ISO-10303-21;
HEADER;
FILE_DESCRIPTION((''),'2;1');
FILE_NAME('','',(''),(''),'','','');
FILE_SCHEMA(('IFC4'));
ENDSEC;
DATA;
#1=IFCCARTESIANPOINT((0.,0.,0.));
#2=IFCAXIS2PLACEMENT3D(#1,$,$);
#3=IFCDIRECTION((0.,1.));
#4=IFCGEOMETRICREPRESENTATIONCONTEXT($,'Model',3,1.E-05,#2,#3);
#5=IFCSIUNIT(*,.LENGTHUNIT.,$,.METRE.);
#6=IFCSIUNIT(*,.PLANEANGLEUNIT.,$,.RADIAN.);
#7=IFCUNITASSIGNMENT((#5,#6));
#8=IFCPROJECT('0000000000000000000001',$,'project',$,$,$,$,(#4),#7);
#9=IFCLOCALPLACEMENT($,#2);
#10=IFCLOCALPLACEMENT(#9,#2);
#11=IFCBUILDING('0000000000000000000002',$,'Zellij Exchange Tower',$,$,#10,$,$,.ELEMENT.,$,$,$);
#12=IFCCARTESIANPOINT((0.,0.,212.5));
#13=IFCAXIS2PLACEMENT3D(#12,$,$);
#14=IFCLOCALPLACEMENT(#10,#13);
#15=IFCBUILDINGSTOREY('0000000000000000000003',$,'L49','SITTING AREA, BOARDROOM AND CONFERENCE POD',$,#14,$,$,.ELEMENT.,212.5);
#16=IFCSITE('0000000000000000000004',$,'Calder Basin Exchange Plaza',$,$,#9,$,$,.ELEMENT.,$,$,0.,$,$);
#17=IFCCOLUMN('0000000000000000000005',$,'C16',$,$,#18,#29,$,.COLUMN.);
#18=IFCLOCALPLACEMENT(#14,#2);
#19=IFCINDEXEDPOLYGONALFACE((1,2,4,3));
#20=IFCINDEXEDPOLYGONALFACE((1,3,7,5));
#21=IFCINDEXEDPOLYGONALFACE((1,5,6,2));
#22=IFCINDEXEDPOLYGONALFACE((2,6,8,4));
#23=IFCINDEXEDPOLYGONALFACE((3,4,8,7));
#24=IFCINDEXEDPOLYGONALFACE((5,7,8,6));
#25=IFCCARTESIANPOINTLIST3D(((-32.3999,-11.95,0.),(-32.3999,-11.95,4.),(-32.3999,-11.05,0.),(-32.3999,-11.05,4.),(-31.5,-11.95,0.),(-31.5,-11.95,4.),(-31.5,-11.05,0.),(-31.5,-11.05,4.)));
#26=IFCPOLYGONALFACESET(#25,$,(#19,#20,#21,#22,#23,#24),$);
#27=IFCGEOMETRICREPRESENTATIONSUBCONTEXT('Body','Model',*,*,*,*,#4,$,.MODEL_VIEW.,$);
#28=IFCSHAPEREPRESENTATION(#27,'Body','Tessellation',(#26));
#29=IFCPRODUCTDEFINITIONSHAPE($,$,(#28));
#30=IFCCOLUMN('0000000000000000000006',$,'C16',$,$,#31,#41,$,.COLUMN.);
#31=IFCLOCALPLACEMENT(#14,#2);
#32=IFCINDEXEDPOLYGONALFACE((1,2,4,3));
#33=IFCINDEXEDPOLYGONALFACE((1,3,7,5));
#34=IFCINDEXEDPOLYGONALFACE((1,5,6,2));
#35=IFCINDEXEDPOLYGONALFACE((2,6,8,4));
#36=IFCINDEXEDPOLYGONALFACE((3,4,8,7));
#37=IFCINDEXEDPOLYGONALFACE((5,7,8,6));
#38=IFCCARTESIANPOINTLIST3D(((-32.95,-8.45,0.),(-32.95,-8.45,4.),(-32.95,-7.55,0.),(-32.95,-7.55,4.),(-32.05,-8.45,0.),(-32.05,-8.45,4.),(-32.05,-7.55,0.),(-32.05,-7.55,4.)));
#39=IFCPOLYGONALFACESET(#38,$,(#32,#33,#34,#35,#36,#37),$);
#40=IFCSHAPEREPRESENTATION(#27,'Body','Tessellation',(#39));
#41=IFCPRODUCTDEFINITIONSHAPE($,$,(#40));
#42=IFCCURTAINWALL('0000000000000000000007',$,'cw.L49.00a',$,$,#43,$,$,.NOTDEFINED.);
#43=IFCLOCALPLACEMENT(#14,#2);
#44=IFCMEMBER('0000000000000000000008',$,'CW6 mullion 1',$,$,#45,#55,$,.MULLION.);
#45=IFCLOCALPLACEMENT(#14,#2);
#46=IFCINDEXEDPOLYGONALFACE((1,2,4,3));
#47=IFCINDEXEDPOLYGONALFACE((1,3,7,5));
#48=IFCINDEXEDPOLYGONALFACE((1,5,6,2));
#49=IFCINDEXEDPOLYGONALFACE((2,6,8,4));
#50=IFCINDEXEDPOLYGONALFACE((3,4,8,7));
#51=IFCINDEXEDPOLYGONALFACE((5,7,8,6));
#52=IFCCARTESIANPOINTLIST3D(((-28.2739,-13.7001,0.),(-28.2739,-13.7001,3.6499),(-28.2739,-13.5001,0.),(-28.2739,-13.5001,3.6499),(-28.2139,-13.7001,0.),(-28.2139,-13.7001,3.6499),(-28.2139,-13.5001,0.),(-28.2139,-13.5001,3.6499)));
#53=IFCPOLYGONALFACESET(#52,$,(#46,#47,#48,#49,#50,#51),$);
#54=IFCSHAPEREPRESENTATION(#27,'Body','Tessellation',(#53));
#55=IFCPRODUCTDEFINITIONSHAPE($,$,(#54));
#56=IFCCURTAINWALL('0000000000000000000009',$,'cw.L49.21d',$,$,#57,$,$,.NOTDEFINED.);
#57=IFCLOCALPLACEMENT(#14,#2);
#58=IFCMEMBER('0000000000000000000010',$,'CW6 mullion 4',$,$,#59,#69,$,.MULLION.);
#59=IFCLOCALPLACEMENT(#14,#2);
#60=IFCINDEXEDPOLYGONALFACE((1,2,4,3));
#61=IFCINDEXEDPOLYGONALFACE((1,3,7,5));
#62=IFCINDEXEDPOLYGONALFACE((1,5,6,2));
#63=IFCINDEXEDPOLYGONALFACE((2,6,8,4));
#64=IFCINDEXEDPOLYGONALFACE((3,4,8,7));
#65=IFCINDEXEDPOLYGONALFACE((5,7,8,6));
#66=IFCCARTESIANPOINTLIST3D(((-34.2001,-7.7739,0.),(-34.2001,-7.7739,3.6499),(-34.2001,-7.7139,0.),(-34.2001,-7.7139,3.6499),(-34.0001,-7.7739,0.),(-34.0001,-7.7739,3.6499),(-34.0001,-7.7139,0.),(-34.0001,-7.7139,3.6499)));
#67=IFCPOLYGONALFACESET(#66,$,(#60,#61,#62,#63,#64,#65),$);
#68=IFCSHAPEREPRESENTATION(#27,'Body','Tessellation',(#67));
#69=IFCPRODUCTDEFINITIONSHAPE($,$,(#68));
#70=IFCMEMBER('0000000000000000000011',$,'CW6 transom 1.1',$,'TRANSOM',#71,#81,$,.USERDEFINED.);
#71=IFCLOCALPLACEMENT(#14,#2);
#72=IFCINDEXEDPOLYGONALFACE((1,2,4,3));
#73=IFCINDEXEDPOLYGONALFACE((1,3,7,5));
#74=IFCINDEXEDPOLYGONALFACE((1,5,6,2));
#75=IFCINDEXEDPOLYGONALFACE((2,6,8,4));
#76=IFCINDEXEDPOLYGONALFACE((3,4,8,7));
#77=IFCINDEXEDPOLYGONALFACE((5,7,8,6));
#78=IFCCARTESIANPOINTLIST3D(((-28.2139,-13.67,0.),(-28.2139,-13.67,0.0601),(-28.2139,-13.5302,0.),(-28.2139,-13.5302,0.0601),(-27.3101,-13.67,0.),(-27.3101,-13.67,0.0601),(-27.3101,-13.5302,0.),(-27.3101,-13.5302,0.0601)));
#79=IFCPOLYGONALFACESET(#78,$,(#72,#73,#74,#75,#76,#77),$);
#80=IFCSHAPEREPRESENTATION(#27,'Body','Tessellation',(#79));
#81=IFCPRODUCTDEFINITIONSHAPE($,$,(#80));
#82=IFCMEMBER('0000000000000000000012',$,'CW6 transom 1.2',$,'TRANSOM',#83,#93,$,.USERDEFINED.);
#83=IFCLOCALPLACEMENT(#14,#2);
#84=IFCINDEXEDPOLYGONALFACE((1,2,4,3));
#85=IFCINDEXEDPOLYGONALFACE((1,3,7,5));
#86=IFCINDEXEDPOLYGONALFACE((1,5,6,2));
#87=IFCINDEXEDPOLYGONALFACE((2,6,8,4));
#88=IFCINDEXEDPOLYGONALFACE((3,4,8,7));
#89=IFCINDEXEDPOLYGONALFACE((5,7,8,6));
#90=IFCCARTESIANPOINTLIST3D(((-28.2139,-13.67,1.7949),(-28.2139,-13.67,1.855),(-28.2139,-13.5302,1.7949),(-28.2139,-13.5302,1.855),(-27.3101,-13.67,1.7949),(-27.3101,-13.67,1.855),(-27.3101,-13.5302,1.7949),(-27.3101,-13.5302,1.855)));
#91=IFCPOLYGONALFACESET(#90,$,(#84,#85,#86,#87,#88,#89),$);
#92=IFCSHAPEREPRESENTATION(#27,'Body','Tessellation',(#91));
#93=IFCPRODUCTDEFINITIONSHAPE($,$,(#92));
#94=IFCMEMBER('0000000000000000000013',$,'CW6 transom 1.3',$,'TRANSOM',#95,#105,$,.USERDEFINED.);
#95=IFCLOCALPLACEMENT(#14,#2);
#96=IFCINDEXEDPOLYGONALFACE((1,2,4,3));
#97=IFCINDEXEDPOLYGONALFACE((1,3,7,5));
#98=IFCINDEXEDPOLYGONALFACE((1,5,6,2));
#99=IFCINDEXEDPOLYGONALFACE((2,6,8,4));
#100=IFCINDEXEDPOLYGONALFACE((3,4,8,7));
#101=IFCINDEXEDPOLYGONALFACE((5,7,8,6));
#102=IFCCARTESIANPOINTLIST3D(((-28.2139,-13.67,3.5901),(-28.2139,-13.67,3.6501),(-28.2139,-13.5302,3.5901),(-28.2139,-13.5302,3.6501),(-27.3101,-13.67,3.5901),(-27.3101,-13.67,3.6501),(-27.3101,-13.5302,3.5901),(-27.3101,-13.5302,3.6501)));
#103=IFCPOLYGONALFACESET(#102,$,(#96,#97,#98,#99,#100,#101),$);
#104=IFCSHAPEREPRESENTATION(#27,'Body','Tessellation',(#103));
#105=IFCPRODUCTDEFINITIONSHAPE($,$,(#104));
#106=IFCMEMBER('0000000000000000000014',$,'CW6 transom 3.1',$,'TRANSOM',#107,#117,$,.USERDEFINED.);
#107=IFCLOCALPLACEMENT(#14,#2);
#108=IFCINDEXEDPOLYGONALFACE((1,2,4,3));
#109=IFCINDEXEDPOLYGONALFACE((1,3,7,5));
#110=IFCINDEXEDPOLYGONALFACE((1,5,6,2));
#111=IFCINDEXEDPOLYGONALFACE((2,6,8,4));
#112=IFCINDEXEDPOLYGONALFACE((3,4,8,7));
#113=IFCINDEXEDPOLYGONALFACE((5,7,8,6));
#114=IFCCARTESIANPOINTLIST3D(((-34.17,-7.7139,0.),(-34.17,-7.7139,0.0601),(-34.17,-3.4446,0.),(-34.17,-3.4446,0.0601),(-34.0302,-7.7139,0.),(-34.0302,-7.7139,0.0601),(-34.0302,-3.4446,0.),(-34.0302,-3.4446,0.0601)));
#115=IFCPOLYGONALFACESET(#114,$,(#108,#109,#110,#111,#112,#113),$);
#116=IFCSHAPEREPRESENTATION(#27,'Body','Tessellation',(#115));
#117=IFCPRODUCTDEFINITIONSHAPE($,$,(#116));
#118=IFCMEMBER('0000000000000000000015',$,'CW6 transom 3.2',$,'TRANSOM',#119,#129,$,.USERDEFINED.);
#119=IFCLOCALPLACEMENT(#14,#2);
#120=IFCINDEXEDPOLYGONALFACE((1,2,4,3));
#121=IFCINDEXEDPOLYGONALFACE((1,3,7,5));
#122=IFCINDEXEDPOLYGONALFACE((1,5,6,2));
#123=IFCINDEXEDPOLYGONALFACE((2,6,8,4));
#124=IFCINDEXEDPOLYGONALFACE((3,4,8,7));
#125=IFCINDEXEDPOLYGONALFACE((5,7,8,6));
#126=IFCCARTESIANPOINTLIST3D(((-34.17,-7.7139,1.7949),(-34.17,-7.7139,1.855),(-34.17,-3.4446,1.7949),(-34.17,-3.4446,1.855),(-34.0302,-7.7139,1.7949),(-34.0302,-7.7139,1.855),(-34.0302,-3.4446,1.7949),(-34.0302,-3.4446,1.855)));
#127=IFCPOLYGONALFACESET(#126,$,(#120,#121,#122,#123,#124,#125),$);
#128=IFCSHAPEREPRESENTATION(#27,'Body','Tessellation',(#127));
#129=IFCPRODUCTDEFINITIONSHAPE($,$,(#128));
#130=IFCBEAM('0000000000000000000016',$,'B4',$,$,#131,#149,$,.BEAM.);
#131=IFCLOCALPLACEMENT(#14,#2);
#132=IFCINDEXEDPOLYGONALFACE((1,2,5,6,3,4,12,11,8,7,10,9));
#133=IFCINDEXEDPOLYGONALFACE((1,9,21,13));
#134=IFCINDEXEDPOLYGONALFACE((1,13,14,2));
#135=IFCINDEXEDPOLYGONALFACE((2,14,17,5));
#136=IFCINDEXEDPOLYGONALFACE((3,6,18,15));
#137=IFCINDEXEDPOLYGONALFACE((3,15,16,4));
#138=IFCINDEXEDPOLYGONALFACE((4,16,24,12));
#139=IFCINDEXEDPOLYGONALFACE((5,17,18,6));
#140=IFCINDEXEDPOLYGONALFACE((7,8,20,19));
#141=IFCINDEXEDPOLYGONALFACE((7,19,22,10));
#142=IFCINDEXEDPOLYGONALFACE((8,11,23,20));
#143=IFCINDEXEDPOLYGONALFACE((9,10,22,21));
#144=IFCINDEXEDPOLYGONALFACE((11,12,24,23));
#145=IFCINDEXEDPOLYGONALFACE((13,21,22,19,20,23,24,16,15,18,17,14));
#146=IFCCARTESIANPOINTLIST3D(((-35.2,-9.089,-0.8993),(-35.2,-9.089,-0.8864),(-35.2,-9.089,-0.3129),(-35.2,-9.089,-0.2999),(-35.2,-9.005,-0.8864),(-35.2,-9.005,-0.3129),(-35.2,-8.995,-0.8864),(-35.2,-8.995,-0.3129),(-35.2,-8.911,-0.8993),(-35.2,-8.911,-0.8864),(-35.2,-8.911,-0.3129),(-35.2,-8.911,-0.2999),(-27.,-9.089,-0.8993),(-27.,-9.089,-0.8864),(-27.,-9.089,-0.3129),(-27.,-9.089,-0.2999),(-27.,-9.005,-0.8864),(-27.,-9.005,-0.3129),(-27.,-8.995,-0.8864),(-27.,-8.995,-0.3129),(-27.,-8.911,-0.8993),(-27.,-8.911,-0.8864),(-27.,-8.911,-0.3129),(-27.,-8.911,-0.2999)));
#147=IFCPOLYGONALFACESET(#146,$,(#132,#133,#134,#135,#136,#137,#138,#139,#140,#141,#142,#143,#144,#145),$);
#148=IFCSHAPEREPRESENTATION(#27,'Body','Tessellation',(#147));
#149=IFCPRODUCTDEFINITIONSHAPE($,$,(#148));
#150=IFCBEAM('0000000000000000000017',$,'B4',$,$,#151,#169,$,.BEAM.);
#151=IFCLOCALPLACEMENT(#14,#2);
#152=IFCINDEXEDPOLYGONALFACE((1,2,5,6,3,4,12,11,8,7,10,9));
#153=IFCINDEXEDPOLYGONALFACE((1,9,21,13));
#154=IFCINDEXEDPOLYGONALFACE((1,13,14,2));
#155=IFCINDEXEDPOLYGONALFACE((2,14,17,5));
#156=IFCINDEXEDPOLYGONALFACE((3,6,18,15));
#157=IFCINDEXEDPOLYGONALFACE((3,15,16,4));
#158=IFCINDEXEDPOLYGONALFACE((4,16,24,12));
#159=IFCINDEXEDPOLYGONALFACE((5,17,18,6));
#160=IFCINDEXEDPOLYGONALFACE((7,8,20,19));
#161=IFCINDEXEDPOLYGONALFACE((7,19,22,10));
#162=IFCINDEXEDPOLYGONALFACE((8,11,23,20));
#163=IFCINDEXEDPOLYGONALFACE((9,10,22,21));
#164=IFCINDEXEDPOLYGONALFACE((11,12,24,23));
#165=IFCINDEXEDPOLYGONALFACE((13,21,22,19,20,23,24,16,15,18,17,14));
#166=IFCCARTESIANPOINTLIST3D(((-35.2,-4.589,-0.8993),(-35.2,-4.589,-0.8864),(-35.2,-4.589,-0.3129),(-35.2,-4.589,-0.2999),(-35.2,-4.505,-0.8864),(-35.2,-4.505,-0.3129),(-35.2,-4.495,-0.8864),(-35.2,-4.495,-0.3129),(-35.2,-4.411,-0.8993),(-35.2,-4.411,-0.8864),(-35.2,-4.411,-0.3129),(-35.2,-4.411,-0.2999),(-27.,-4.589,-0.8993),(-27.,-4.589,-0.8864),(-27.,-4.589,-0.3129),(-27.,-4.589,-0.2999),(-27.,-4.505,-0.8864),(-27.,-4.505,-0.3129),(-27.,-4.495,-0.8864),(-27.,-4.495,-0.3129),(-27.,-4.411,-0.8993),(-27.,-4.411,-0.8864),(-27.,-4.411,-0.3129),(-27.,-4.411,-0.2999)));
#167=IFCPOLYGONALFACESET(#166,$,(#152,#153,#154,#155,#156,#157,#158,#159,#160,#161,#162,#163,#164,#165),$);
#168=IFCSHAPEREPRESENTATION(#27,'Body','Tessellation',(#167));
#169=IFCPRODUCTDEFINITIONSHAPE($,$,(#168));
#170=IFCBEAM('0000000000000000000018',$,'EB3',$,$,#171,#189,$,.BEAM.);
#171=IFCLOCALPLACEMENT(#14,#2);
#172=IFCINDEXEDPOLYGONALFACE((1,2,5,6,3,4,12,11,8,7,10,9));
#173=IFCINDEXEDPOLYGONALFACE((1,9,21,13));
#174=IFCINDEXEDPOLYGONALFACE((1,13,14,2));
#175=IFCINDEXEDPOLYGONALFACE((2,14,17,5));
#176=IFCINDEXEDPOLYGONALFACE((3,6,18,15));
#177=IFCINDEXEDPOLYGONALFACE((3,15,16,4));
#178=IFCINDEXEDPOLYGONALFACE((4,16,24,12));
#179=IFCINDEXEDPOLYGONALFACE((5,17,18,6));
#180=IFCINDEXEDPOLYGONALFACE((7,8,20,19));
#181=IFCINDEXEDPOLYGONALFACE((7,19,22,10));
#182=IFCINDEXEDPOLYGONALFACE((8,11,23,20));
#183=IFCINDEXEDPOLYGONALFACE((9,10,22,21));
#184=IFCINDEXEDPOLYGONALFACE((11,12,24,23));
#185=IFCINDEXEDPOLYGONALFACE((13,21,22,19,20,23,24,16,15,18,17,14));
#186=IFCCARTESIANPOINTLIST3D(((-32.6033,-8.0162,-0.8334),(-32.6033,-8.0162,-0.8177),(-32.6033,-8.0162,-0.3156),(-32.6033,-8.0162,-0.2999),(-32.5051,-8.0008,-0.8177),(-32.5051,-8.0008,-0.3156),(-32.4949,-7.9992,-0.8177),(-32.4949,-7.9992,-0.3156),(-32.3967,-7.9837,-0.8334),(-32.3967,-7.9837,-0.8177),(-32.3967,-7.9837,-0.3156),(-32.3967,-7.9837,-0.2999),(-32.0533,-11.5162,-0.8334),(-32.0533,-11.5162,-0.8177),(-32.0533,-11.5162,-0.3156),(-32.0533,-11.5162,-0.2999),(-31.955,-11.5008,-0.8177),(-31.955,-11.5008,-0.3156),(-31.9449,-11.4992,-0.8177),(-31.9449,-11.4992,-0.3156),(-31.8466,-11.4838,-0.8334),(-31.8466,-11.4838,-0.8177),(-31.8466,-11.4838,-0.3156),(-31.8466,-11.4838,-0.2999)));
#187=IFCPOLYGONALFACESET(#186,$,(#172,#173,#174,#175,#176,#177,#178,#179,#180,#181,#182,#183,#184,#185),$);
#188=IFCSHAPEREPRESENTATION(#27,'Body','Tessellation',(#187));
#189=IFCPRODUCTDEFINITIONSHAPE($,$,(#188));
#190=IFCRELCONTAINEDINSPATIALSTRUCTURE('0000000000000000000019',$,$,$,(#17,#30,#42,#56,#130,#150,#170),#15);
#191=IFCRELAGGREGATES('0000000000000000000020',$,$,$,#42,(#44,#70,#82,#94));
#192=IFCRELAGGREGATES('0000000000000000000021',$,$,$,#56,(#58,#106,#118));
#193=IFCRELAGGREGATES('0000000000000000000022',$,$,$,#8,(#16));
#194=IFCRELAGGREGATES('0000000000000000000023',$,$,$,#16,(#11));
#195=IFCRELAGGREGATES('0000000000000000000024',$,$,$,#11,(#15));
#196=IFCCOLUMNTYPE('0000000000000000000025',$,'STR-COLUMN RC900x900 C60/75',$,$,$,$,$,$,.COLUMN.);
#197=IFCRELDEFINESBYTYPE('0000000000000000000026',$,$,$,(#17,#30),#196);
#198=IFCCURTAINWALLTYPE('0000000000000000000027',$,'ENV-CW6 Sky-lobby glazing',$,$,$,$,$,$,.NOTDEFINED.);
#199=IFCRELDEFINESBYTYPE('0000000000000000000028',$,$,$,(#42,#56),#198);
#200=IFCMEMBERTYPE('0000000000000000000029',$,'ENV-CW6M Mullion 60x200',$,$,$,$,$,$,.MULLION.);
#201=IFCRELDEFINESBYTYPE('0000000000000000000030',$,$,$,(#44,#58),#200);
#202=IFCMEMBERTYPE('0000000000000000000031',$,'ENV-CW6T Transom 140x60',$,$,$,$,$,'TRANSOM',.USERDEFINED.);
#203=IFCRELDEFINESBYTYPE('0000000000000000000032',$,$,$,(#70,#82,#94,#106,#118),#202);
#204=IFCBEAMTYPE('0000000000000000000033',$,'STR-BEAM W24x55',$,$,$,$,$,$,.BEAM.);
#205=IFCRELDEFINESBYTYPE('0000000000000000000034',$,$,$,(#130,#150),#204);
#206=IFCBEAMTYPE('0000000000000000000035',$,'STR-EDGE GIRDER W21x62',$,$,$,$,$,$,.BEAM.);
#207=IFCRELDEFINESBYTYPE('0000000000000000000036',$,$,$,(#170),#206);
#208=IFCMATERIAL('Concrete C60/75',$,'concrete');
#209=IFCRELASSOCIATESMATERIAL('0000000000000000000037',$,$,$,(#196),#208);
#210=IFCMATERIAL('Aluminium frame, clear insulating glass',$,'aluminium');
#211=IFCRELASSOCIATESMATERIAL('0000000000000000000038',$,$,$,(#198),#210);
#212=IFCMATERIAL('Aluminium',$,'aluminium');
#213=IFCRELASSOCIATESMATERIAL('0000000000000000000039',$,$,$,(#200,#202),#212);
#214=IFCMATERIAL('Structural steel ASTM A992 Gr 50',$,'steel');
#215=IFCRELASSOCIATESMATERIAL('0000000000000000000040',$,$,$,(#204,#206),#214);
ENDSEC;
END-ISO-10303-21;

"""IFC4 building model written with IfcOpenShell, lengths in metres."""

from ifc_helpers import new_model, si_unit, direction, frame, origin, origin_2d, place, context, subcontext, project, spatial, rectangle, i_section, extrude, material, material_profile, profile_set, type_object, element, aggregate, save


model = new_model("IFC4")

# Units and contexts
model_context = context("Model", 3, precision=1e-05, world=origin(), true_north=direction((0.0, 1.0)))
body_context = subcontext(model_context, "Body", "Model", "MODEL_VIEW")
ifc_project = project(units=[si_unit("LENGTHUNIT", "METRE"), si_unit("PLANEANGLEUNIT", "RADIAN")], contexts=[model_context])

# Site, building, storey
site_placement = place(None, origin())
site = spatial("IfcSite", under=ifc_project, at=site_placement, Name="Calder Basin Exchange Plaza", CompositionType="ELEMENT", RefElevation=0.0)
building_placement = place(site_placement, origin())
building = spatial("IfcBuilding", under=site, at=building_placement, Name="Zellij Exchange Tower", CompositionType="ELEMENT")
storey_placement = place(building_placement, frame((0.0, 0.0, 212.5)))
storey = spatial("IfcBuildingStorey", under=building, at=storey_placement, Name="L49", Description="SITTING AREA, BOARDROOM AND CONFERENCE POD", CompositionType="ELEMENT", Elevation=212.5)

# Columns
ifc_material_1 = material(Name="Concrete C60/75", Category="concrete")
ifc_material_profile_1 = material_profile(ifc_material_1, rectangle(XDim=0.8999, YDim=0.8999, at=origin_2d()), Name="STR-COLUMN RC900x900 C60/75")
ifc_profile_set_1 = profile_set([ifc_material_profile_1], Name="Concrete C60/75")
column_type = type_object("IfcColumnType", Name="STR-COLUMN RC900x900 C60/75", PredefinedType="COLUMN", material=ifc_profile_set_1)
for number, where, z_axis, x_axis, name in (
    (1, (-31.95, -11.5, 0.0), (0.0, 0.0, 1.0), (1.0, 0.0, 0.0), "C16"),
    (2, (-32.5, -8.0, 0.0), (0.0, 0.0, 1.0), (1.0, 0.0, 0.0), "C16"),
):
    element("IfcColumn", number, at=place(storey_placement, frame(where, z_axis=z_axis, x_axis=x_axis)), inside=storey, type_object=column_type, Name=name, PredefinedType="COLUMN", context=body_context, shape_type="SweptSolid", body=[
        extrude(rectangle(XDim=0.8999, YDim=0.8999, at=origin_2d()), origin(), (0.0, 0.0, 1.0), 4.0),
    ])

# Curtain walls, members
ifc_material_2 = material(Name="Aluminium frame, clear insulating glass", Category="aluminium")
curtain_wall_type = type_object("IfcCurtainWallType", Name="ENV-CW6 Sky-lobby glazing", PredefinedType="NOTDEFINED", material=ifc_material_2)
curtain_wall_1_placement = place(storey_placement, origin())
curtain_wall_1 = element("IfcCurtainWall", 3, at=curtain_wall_1_placement, inside=storey, type_object=curtain_wall_type, Name="cw.L49.00a", PredefinedType="NOTDEFINED")
ifc_material_3 = material(Name="Aluminium", Category="aluminium")
ifc_material_profile_2 = material_profile(ifc_material_3, rectangle(XDim=0.0601, YDim=0.2, at=origin_2d()), Name="AL 60x200")
ifc_profile_set_2 = profile_set([ifc_material_profile_2], Name="Aluminium")
member_type_1 = type_object("IfcMemberType", Name="ENV-CW6M Mullion 60x200", PredefinedType="MULLION", material=ifc_profile_set_2)
member_1_placement = place(storey_placement, frame((-28.2439, -13.6001, 0.0), z_axis=(0.0, 0.0, 1.0), x_axis=(1.0, 0.0, 0.0)))
member_1 = element("IfcMember", 4, at=member_1_placement, type_object=member_type_1, Name="CW6 mullion 1", PredefinedType="MULLION", context=body_context, shape_type="SweptSolid", body=[
    extrude(rectangle(XDim=0.0601, YDim=0.2, at=origin_2d()), origin(), (0.0, 0.0, 1.0), 3.6499),
])
curtain_wall_2_placement = place(storey_placement, origin())
curtain_wall_2 = element("IfcCurtainWall", 5, at=curtain_wall_2_placement, inside=storey, type_object=curtain_wall_type, Name="cw.L49.21d", PredefinedType="NOTDEFINED")
member_2_placement = place(storey_placement, frame((-34.1001, -7.7439, 0.0), z_axis=(0.0, 0.0, 1.0), x_axis=(0.0, -1.0, 0.0)))
member_2 = element("IfcMember", 6, at=member_2_placement, type_object=member_type_1, Name="CW6 mullion 4", PredefinedType="MULLION", context=body_context, shape_type="SweptSolid", body=[
    extrude(rectangle(XDim=0.0601, YDim=0.2, at=origin_2d()), origin(), (0.0, 0.0, 1.0), 3.6499),
])

# Members
ifc_material_profile_3 = material_profile(ifc_material_3, rectangle(XDim=0.1399, YDim=0.0601, at=origin_2d()), Name="AL 140x60")
ifc_profile_set_3 = profile_set([ifc_material_profile_3], Name="Aluminium")
member_type_2 = type_object("IfcMemberType", Name="ENV-CW6T Transom 140x60", ElementType="TRANSOM", PredefinedType="USERDEFINED", material=ifc_profile_set_3)
member_3_placement = place(storey_placement, frame((-28.2139, -13.6001, 0.03), z_axis=(1.0, 0.0, 0.0), x_axis=(0.0, 1.0, 0.0)))
member_3 = element("IfcMember", 7, at=member_3_placement, type_object=member_type_2, Name="CW6 transom 1.1", ObjectType="TRANSOM", PredefinedType="USERDEFINED", context=body_context, shape_type="SweptSolid", body=[
    extrude(rectangle(XDim=0.1399, YDim=0.0601, at=origin_2d()), origin(), (0.0, 0.0, 1.0), 0.9038),
])
member_4_placement = place(storey_placement, frame((-28.2139, -13.6001, 1.825), z_axis=(1.0, 0.0, 0.0), x_axis=(0.0, 1.0, 0.0)))
member_4 = element("IfcMember", 8, at=member_4_placement, type_object=member_type_2, Name="CW6 transom 1.2", ObjectType="TRANSOM", PredefinedType="USERDEFINED", context=body_context, shape_type="SweptSolid", body=[
    extrude(rectangle(XDim=0.1399, YDim=0.0601, at=origin_2d()), origin(), (0.0, 0.0, 1.0), 0.9038),
])
member_5_placement = place(storey_placement, frame((-28.2139, -13.6001, 3.6201), z_axis=(1.0, 0.0, 0.0), x_axis=(0.0, 1.0, 0.0)))
member_5 = element("IfcMember", 9, at=member_5_placement, type_object=member_type_2, Name="CW6 transom 1.3", ObjectType="TRANSOM", PredefinedType="USERDEFINED", context=body_context, shape_type="SweptSolid", body=[
    extrude(rectangle(XDim=0.1399, YDim=0.0601, at=origin_2d()), origin(), (0.0, 0.0, 1.0), 0.9038),
])
member_6_placement = place(storey_placement, frame((-34.1001, -3.4446, 0.03), z_axis=(0.0, -1.0, 0.0), x_axis=(1.0, 0.0, 0.0)))
member_6 = element("IfcMember", 10, at=member_6_placement, type_object=member_type_2, Name="CW6 transom 3.1", ObjectType="TRANSOM", PredefinedType="USERDEFINED", context=body_context, shape_type="SweptSolid", body=[
    extrude(rectangle(XDim=0.1399, YDim=0.0601, at=origin_2d()), origin(), (0.0, 0.0, 1.0), 4.2693),
])
member_7_placement = place(storey_placement, frame((-34.1001, -3.4446, 1.825), z_axis=(0.0, -1.0, 0.0), x_axis=(1.0, 0.0, 0.0)))
member_7 = element("IfcMember", 11, at=member_7_placement, type_object=member_type_2, Name="CW6 transom 3.2", ObjectType="TRANSOM", PredefinedType="USERDEFINED", context=body_context, shape_type="SweptSolid", body=[
    extrude(rectangle(XDim=0.1399, YDim=0.0601, at=origin_2d()), origin(), (0.0, 0.0, 1.0), 4.2693),
])

# Beams
ifc_material_4 = material(Name="Structural steel ASTM A992 Gr 50", Category="steel")
ifc_material_profile_4 = material_profile(ifc_material_4, i_section(OverallWidth=0.178, OverallDepth=0.5994, WebThickness=0.01, FlangeThickness=0.0129, at=origin_2d()), Name="W24x55")
ifc_profile_set_4 = profile_set([ifc_material_profile_4], Name="Structural steel ASTM A992 Gr 50")
beam_type_1 = type_object("IfcBeamType", Name="STR-BEAM W24x55", PredefinedType="BEAM", material=ifc_profile_set_4)
for number, where, z_axis, x_axis, name in (
    (12, (-35.2, -9.0, -0.5996), (1.0, 0.0, 0.0), (0.0, 1.0, 0.0), "B4"),
    (13, (-35.2, -4.5, -0.5996), (1.0, 0.0, 0.0), (0.0, 1.0, 0.0), "B4"),
):
    element("IfcBeam", number, at=place(storey_placement, frame(where, z_axis=z_axis, x_axis=x_axis)), inside=storey, type_object=beam_type_1, Name=name, PredefinedType="BEAM", context=body_context, shape_type="SweptSolid", body=[
        extrude(i_section(OverallWidth=0.178, OverallDepth=0.5994, WebThickness=0.01, FlangeThickness=0.0129, at=origin_2d()), origin(), (0.0, 0.0, 1.0), 8.2),
    ])
ifc_material_profile_5 = material_profile(ifc_material_4, i_section(OverallWidth=0.2092, OverallDepth=0.5334, WebThickness=0.0103, FlangeThickness=0.0156, at=origin_2d()), Name="W21x62")
ifc_profile_set_5 = profile_set([ifc_material_profile_5], Name="Structural steel ASTM A992 Gr 50")
beam_type_2 = type_object("IfcBeamType", Name="STR-EDGE GIRDER W21x62", PredefinedType="BEAM", material=ifc_profile_set_5)
beam_1_placement = place(storey_placement, frame((-31.95, -11.5, -0.5667), z_axis=(-0.155251, 0.987875, 0.0), x_axis=(-0.987875, -0.155251, 0.0)))
element("IfcBeam", 14, at=beam_1_placement, inside=storey, type_object=beam_type_2, Name="EB3", PredefinedType="BEAM", context=body_context, shape_type="SweptSolid", body=[
    extrude(i_section(OverallWidth=0.2092, OverallDepth=0.5334, WebThickness=0.0103, FlangeThickness=0.0156, at=origin_2d()), origin(), (0.0, 0.0, 1.0), 3.543),
])

aggregate(curtain_wall_1, [member_1, member_3, member_4, member_5])
aggregate(curtain_wall_2, [member_2, member_6, member_7])

save(model, "model.ifc")
